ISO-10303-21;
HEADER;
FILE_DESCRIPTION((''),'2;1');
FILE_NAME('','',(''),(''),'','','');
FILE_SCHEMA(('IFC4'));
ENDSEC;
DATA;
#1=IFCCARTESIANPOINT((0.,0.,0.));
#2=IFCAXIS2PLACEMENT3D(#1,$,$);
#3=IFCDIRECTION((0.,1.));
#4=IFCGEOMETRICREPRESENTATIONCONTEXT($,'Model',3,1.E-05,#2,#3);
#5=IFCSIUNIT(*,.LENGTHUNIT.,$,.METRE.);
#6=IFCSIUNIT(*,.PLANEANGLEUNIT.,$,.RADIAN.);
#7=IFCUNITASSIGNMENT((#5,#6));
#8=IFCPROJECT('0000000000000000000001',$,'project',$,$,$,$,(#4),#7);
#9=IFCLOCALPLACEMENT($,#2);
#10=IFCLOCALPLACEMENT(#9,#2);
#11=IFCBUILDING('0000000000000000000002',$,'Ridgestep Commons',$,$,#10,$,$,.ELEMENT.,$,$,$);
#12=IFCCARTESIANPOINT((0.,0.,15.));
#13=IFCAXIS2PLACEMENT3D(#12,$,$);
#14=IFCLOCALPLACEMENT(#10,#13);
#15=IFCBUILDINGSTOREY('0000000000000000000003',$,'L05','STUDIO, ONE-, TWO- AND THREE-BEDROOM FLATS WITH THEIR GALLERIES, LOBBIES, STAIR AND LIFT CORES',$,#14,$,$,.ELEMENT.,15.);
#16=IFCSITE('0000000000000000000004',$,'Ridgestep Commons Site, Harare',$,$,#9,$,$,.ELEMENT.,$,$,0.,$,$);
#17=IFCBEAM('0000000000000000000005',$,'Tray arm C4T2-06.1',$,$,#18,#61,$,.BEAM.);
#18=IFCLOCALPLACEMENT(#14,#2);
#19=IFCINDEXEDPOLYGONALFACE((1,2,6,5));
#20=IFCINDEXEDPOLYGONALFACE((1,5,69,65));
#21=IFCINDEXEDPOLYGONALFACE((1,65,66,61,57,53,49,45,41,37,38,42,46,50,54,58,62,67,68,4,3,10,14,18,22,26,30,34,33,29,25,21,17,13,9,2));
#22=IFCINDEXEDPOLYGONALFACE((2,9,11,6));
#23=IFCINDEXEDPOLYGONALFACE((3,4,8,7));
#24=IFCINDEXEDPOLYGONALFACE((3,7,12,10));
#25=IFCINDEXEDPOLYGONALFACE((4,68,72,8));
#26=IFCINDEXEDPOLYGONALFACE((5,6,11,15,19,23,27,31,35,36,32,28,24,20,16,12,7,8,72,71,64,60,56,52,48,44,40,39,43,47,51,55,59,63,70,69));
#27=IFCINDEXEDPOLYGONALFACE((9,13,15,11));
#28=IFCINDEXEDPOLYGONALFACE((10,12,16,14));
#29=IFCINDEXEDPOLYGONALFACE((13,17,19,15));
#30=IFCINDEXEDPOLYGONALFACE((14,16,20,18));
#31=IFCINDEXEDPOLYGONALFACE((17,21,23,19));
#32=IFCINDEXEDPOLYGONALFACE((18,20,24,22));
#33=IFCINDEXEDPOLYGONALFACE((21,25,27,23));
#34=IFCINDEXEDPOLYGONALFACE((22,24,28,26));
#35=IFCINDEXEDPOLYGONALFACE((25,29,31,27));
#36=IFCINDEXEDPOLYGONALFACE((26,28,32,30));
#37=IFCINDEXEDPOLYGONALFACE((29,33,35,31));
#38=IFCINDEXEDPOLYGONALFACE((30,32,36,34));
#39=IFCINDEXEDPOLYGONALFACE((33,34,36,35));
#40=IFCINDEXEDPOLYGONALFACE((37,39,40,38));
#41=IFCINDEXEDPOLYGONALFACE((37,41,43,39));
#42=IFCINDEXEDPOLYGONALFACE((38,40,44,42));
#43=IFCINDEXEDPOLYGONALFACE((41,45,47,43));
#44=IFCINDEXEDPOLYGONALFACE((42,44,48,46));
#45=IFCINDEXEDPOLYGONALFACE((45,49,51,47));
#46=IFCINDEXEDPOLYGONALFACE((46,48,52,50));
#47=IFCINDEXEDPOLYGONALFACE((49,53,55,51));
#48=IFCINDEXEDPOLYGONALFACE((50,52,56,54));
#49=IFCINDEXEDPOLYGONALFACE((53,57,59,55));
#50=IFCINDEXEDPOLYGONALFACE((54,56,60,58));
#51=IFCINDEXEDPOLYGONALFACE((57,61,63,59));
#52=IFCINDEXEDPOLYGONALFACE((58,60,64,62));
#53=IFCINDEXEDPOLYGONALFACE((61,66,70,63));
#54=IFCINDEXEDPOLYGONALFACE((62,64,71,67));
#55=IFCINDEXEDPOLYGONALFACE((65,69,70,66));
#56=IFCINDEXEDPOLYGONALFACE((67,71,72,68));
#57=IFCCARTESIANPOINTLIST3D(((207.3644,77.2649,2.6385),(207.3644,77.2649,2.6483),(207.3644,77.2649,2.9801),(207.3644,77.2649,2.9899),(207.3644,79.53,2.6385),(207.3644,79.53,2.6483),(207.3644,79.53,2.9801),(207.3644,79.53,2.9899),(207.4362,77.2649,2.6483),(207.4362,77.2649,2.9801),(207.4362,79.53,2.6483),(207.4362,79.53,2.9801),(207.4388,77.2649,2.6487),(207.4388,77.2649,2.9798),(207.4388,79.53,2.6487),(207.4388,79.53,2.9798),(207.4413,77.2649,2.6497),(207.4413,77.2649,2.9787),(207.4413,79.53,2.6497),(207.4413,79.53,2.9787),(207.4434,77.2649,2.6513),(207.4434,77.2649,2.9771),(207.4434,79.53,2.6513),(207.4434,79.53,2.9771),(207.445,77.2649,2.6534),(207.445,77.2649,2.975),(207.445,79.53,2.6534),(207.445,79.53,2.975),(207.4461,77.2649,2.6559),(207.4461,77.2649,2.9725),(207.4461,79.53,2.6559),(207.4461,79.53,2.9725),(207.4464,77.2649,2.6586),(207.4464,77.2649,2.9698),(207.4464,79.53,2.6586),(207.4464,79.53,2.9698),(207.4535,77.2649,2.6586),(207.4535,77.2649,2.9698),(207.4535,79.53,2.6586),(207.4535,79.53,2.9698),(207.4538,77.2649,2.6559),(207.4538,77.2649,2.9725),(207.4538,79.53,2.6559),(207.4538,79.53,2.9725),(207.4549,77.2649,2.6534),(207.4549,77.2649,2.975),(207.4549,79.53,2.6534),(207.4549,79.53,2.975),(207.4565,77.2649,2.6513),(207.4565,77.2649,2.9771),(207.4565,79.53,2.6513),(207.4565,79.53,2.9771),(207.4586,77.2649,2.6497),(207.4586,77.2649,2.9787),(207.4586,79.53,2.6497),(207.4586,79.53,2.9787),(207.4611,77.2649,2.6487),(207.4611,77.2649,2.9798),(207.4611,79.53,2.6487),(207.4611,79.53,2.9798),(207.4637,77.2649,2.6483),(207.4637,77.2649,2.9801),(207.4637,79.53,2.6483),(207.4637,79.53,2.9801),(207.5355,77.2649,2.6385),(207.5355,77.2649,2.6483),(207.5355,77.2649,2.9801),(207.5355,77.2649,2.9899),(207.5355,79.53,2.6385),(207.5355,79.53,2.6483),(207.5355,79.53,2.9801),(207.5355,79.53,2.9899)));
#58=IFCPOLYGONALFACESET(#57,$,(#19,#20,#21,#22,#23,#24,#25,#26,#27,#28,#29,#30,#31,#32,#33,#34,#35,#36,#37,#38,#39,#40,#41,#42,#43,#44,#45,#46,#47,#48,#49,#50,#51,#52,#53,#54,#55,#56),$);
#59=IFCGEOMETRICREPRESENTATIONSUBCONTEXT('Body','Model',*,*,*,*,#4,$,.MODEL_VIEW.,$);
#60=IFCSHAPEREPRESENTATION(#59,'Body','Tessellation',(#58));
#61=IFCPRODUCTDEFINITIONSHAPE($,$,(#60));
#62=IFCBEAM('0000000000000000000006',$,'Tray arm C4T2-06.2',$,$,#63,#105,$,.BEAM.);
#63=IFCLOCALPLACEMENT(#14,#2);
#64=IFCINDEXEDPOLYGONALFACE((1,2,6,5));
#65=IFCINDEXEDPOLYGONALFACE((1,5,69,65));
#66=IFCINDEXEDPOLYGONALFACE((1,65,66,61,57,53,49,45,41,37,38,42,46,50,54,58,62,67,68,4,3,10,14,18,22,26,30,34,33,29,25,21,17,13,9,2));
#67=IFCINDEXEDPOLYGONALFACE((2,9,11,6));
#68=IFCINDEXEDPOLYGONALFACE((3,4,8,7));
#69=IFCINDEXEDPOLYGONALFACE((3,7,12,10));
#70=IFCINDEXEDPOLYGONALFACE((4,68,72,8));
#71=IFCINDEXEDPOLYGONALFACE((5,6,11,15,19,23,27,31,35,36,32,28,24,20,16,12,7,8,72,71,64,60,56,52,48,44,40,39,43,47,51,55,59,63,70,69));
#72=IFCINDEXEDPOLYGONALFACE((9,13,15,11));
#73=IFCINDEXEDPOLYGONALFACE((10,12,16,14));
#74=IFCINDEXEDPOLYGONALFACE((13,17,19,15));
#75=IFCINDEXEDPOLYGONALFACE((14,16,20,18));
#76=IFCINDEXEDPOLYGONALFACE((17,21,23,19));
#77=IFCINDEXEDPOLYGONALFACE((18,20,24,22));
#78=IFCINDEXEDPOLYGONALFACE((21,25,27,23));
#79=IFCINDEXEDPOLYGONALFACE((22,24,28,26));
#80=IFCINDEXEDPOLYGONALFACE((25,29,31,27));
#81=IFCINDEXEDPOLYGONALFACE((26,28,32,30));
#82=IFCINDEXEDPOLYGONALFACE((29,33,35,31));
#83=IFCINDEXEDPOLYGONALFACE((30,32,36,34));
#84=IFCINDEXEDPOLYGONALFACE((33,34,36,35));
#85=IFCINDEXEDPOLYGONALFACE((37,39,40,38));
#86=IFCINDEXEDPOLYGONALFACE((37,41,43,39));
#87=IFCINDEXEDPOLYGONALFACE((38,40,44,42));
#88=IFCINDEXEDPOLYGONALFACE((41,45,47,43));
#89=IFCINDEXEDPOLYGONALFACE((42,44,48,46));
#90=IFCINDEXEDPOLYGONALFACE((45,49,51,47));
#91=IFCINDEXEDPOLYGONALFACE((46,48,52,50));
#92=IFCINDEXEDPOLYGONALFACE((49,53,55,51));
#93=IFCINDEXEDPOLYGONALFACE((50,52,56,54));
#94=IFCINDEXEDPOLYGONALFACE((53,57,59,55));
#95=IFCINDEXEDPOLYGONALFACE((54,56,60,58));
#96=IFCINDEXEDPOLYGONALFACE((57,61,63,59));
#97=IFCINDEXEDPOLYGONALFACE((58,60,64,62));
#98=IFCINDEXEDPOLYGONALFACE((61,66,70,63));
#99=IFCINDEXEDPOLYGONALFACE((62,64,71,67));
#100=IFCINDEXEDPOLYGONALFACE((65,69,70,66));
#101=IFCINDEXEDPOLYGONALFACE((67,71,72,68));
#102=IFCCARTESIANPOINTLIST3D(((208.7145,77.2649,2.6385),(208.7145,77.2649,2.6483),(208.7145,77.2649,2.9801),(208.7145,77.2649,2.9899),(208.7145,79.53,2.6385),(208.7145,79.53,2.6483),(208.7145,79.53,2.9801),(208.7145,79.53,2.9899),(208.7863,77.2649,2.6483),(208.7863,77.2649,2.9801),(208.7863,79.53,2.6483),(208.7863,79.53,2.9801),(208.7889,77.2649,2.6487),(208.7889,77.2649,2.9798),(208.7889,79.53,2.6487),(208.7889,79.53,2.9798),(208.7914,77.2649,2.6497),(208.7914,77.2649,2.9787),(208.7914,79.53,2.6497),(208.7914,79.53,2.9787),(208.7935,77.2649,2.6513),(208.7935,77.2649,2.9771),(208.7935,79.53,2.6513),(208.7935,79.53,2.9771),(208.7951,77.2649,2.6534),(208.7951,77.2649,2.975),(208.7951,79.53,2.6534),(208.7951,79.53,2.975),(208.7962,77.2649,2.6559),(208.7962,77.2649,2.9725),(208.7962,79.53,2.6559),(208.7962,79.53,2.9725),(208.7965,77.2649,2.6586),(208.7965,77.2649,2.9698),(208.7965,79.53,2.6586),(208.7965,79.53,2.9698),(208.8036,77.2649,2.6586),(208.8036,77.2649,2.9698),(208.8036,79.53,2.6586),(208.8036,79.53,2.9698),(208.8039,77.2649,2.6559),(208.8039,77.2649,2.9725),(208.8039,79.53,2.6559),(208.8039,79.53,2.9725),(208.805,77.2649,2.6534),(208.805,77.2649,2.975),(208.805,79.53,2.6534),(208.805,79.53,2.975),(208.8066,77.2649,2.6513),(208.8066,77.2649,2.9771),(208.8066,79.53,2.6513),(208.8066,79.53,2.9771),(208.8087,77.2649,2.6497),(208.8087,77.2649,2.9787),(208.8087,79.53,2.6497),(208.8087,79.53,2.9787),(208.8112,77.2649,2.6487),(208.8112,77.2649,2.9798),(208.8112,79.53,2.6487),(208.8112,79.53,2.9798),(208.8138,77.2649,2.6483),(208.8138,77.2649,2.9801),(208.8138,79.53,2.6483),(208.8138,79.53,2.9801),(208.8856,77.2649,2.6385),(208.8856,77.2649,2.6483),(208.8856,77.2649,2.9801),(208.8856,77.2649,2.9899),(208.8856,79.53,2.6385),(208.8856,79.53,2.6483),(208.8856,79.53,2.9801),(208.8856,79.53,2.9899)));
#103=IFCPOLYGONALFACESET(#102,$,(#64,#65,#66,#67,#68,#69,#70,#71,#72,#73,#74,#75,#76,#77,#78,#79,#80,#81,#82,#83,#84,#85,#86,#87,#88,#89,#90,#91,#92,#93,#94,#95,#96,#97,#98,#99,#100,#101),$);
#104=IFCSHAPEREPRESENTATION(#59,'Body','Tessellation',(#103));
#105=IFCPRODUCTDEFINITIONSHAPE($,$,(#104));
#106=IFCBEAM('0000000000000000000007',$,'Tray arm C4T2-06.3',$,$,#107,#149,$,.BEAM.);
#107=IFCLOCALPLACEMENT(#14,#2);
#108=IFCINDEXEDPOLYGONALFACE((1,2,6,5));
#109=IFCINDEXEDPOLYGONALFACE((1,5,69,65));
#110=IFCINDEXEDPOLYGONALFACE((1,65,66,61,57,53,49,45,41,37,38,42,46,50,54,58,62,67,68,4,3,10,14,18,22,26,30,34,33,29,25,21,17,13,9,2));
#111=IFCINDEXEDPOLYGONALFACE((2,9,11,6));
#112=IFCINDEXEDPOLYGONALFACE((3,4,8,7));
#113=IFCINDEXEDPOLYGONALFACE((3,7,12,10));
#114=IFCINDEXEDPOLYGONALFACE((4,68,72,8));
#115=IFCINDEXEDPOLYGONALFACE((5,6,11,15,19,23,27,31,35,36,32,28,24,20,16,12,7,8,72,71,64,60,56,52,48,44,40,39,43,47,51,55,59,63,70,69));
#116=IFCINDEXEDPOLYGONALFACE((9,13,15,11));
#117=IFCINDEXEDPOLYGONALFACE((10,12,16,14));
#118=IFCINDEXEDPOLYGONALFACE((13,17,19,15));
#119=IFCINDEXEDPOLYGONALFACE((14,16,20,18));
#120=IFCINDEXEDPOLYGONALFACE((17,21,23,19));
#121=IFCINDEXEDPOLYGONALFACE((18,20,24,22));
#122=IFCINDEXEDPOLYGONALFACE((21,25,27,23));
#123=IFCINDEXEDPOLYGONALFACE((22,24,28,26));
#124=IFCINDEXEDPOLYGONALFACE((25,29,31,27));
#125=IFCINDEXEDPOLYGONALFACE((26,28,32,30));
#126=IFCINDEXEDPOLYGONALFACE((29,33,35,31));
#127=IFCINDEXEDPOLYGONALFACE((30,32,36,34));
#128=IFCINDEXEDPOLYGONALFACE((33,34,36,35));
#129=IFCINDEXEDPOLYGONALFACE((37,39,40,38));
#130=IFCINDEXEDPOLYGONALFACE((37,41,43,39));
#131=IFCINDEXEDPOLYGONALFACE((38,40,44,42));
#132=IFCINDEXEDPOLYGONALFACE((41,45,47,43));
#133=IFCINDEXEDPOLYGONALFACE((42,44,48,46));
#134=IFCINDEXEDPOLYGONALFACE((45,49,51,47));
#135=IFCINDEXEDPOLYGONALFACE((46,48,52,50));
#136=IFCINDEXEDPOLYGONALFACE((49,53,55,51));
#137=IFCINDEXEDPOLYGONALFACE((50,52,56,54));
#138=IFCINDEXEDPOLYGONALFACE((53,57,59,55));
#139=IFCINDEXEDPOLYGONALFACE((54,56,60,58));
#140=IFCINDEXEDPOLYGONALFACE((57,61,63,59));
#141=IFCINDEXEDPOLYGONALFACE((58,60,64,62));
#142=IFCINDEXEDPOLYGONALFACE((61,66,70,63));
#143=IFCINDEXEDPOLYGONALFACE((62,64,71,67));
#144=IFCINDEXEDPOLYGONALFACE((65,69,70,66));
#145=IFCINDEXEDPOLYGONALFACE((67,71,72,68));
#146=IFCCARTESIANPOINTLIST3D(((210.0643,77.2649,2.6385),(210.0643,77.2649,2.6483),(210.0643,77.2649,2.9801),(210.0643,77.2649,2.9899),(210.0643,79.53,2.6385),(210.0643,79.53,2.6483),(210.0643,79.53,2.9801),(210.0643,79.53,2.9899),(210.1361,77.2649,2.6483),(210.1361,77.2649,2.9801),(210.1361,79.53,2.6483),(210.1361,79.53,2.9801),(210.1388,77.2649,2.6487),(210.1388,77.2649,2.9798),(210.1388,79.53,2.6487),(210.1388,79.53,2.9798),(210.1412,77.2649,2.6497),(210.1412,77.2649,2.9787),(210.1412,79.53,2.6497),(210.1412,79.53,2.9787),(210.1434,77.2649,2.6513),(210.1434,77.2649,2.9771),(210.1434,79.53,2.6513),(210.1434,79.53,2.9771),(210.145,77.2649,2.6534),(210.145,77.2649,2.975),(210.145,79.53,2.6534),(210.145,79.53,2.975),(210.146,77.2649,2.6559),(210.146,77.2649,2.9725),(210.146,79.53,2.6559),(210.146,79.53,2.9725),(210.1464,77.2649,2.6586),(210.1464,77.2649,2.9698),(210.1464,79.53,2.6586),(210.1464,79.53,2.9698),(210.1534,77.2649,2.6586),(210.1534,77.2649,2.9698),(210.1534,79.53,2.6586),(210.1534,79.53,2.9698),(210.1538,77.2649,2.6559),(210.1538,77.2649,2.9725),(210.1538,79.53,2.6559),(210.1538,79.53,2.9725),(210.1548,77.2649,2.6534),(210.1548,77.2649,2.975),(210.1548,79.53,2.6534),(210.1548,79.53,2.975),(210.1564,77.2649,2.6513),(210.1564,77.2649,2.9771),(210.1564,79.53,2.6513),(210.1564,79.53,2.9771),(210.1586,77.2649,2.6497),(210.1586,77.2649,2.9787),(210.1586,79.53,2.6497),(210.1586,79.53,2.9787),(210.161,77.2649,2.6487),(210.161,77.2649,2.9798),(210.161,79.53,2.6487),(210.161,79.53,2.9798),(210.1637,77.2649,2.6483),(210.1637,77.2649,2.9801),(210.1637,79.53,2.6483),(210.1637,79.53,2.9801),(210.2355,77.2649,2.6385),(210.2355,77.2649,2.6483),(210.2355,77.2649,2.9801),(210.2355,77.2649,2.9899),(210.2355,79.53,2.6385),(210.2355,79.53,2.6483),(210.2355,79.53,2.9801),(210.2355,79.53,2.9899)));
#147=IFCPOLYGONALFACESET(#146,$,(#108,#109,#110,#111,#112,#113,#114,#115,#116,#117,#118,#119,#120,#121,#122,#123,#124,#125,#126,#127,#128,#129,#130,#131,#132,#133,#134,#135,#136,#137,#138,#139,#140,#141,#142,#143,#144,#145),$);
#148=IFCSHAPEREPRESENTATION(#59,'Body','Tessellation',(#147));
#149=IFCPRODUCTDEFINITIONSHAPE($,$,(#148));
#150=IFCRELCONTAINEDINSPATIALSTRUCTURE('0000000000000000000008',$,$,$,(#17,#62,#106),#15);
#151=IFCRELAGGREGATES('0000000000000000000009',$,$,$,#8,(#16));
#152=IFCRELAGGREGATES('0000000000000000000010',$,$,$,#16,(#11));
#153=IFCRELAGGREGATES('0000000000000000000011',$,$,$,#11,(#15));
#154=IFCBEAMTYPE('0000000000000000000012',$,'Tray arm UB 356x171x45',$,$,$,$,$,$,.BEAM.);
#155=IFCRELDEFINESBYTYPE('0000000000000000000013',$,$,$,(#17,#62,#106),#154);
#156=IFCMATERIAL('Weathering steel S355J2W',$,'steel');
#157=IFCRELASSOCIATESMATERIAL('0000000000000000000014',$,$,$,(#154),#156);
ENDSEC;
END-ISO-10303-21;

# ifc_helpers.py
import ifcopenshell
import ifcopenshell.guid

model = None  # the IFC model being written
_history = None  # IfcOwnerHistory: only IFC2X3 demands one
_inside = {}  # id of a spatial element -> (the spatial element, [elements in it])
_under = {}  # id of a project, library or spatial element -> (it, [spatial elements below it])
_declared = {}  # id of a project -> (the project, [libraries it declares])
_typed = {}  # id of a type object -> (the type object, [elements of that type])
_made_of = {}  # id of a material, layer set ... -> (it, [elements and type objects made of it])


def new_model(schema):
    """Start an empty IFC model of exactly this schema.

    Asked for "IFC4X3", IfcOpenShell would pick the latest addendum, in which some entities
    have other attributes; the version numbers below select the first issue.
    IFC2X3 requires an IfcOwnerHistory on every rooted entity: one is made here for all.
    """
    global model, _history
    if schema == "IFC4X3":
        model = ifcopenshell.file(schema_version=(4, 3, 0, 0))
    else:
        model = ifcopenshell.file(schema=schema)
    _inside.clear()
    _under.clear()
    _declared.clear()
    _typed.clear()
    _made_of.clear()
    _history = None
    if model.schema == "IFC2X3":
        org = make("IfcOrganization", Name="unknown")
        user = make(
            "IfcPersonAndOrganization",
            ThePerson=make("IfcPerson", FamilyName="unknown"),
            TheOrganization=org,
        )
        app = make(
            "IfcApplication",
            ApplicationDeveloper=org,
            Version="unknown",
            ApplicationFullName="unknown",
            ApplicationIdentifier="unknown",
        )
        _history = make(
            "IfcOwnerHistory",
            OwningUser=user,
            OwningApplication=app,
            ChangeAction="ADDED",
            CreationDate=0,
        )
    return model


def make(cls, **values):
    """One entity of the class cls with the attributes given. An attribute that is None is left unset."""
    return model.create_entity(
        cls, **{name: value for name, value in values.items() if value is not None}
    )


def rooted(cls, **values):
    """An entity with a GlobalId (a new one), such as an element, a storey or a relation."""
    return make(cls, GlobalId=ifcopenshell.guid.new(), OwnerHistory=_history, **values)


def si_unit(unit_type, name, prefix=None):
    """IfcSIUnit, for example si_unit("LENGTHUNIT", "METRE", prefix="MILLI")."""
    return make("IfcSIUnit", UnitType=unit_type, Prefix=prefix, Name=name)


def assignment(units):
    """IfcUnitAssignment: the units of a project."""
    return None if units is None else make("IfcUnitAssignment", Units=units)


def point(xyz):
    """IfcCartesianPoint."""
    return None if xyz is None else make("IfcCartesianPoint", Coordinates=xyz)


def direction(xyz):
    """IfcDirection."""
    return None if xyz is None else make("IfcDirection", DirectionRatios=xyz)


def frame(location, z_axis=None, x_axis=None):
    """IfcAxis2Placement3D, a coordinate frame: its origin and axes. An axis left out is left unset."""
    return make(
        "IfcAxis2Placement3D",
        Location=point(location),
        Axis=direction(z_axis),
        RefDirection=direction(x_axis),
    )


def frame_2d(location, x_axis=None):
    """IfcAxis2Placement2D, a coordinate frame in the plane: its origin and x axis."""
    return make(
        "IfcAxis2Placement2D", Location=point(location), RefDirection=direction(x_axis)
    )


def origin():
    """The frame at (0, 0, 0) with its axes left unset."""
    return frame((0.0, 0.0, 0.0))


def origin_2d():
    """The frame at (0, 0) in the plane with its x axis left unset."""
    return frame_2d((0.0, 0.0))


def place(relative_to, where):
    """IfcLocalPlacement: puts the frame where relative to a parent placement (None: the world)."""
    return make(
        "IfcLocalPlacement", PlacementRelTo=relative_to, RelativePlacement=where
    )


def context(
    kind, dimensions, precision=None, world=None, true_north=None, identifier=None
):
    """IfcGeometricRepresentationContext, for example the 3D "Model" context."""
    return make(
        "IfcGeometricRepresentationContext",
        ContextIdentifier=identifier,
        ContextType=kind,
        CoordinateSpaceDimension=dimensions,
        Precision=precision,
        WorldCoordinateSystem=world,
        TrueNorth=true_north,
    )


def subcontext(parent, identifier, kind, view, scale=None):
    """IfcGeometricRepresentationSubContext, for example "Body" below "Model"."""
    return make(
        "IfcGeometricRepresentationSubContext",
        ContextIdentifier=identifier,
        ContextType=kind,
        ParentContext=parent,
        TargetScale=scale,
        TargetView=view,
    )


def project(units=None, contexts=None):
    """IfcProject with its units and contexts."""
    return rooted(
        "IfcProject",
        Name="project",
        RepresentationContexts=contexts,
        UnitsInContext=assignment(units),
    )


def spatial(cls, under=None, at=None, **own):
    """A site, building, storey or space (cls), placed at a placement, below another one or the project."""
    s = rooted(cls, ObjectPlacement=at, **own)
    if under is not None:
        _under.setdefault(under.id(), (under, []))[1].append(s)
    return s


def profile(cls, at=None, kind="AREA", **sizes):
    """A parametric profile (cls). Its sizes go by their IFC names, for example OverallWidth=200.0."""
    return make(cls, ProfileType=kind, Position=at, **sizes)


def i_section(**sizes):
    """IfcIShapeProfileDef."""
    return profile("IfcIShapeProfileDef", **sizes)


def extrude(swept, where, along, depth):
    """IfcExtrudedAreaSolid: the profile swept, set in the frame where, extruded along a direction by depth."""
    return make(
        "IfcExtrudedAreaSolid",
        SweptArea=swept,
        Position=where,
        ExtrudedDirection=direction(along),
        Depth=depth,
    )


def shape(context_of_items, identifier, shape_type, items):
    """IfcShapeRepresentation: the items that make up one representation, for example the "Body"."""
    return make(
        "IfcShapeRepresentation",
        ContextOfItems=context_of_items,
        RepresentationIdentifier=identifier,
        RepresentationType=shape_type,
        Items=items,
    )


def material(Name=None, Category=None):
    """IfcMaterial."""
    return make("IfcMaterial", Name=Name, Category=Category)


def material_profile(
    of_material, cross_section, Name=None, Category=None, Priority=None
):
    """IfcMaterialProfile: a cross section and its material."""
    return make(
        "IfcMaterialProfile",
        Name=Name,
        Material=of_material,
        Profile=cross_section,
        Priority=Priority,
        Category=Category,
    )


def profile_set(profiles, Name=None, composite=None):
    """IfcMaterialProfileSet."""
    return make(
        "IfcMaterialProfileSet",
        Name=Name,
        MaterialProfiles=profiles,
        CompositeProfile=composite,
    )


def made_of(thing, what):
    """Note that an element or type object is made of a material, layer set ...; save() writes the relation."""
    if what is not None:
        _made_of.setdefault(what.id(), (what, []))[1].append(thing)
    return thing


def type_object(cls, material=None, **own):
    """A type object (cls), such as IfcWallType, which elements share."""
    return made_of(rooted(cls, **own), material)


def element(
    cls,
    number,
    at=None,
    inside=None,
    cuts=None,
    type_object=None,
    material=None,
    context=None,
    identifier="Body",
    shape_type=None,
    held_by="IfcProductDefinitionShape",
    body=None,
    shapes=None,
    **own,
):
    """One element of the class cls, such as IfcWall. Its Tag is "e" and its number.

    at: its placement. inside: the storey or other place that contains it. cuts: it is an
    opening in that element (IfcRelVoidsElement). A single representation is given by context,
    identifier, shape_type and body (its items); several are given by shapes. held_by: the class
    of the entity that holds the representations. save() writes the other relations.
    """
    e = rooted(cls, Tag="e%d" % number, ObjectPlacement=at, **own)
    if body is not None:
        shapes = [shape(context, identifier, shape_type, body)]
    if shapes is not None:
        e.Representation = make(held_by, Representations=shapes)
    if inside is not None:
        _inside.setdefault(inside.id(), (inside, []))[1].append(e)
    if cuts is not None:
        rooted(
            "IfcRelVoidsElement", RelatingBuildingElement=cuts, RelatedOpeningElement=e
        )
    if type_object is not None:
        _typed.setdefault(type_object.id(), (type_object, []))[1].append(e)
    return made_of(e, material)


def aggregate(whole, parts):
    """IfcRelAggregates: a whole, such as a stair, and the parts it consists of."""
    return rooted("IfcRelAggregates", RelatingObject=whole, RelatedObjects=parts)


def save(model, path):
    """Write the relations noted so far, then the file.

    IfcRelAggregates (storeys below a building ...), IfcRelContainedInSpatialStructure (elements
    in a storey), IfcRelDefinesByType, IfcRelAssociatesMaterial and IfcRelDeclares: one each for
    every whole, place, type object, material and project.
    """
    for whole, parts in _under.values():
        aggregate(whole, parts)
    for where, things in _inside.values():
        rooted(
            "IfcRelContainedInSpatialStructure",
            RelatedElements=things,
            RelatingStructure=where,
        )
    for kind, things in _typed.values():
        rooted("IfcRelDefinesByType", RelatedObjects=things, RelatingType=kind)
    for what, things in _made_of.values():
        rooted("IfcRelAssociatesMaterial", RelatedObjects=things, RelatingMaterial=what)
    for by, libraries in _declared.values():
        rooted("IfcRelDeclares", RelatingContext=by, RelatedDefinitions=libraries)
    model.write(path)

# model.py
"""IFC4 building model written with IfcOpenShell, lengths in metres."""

from ifc_helpers import new_model, si_unit, direction, frame, origin, origin_2d, place, context, subcontext, project, spatial, i_section, extrude, material, material_profile, profile_set, type_object, element, save


model = new_model("IFC4")

# Units and contexts
model_context = context("Model", 3, precision=1e-05, world=origin(), true_north=direction((0.0, 1.0)))
body_context = subcontext(model_context, "Body", "Model", "MODEL_VIEW")
ifc_project = project(units=[si_unit("LENGTHUNIT", "METRE"), si_unit("PLANEANGLEUNIT", "RADIAN")], contexts=[model_context])

# Site, building, storey
site_placement = place(None, origin())
site = spatial("IfcSite", under=ifc_project, at=site_placement, Name="Ridgestep Commons Site, Harare", CompositionType="ELEMENT", RefElevation=0.0)
building_placement = place(site_placement, origin())
building = spatial("IfcBuilding", under=site, at=building_placement, Name="Ridgestep Commons", CompositionType="ELEMENT")
storey_placement = place(building_placement, frame((0.0, 0.0, 15.0)))
storey = spatial("IfcBuildingStorey", under=building, at=storey_placement, Name="L05", Description="STUDIO, ONE-, TWO- AND THREE-BEDROOM FLATS WITH THEIR GALLERIES, LOBBIES, STAIR AND LIFT CORES", CompositionType="ELEMENT", Elevation=15.0)

# Beams
ifc_material_1 = material(Name="Weathering steel S355J2W", Category="steel")
ifc_material_profile_1 = material_profile(ifc_material_1, i_section(OverallWidth=0.1711, OverallDepth=0.3513, WebThickness=0.0071, FlangeThickness=0.0098, FilletRadius=0.0103, at=origin_2d()), Name="UB 356x171x45")
ifc_profile_set_1 = profile_set([ifc_material_profile_1], Name="Weathering steel S355J2W")
beam_type_1 = type_object("IfcBeamType", Name="Tray arm UB 356x171x45", PredefinedType="BEAM", material=ifc_profile_set_1)
for number, where, z_axis, x_axis, name in (
    (1, (207.45, 77.2649, 2.8142), (0.0, 1.0, 0.0), (-1.0, 0.0, 0.0), "Tray arm C4T2-06.1"),
    (2, (208.8, 77.2649, 2.8142), (0.0, 1.0, 0.0), (-1.0, 0.0, 0.0), "Tray arm C4T2-06.2"),
    (3, (210.1499, 77.2649, 2.8142), (0.0, 1.0, 0.0), (-1.0, 0.0, 0.0), "Tray arm C4T2-06.3"),
):
    element("IfcBeam", number, at=place(storey_placement, frame(where, z_axis=z_axis, x_axis=x_axis)), inside=storey, type_object=beam_type_1, Name=name, PredefinedType="BEAM", context=body_context, shape_type="SweptSolid", body=[
        extrude(i_section(OverallWidth=0.1711, OverallDepth=0.3513, WebThickness=0.0071, FlangeThickness=0.0098, FilletRadius=0.0103, at=origin_2d()), origin(), (0.0, 0.0, 1.0), 2.2651),
    ])

save(model, "model.ifc")
